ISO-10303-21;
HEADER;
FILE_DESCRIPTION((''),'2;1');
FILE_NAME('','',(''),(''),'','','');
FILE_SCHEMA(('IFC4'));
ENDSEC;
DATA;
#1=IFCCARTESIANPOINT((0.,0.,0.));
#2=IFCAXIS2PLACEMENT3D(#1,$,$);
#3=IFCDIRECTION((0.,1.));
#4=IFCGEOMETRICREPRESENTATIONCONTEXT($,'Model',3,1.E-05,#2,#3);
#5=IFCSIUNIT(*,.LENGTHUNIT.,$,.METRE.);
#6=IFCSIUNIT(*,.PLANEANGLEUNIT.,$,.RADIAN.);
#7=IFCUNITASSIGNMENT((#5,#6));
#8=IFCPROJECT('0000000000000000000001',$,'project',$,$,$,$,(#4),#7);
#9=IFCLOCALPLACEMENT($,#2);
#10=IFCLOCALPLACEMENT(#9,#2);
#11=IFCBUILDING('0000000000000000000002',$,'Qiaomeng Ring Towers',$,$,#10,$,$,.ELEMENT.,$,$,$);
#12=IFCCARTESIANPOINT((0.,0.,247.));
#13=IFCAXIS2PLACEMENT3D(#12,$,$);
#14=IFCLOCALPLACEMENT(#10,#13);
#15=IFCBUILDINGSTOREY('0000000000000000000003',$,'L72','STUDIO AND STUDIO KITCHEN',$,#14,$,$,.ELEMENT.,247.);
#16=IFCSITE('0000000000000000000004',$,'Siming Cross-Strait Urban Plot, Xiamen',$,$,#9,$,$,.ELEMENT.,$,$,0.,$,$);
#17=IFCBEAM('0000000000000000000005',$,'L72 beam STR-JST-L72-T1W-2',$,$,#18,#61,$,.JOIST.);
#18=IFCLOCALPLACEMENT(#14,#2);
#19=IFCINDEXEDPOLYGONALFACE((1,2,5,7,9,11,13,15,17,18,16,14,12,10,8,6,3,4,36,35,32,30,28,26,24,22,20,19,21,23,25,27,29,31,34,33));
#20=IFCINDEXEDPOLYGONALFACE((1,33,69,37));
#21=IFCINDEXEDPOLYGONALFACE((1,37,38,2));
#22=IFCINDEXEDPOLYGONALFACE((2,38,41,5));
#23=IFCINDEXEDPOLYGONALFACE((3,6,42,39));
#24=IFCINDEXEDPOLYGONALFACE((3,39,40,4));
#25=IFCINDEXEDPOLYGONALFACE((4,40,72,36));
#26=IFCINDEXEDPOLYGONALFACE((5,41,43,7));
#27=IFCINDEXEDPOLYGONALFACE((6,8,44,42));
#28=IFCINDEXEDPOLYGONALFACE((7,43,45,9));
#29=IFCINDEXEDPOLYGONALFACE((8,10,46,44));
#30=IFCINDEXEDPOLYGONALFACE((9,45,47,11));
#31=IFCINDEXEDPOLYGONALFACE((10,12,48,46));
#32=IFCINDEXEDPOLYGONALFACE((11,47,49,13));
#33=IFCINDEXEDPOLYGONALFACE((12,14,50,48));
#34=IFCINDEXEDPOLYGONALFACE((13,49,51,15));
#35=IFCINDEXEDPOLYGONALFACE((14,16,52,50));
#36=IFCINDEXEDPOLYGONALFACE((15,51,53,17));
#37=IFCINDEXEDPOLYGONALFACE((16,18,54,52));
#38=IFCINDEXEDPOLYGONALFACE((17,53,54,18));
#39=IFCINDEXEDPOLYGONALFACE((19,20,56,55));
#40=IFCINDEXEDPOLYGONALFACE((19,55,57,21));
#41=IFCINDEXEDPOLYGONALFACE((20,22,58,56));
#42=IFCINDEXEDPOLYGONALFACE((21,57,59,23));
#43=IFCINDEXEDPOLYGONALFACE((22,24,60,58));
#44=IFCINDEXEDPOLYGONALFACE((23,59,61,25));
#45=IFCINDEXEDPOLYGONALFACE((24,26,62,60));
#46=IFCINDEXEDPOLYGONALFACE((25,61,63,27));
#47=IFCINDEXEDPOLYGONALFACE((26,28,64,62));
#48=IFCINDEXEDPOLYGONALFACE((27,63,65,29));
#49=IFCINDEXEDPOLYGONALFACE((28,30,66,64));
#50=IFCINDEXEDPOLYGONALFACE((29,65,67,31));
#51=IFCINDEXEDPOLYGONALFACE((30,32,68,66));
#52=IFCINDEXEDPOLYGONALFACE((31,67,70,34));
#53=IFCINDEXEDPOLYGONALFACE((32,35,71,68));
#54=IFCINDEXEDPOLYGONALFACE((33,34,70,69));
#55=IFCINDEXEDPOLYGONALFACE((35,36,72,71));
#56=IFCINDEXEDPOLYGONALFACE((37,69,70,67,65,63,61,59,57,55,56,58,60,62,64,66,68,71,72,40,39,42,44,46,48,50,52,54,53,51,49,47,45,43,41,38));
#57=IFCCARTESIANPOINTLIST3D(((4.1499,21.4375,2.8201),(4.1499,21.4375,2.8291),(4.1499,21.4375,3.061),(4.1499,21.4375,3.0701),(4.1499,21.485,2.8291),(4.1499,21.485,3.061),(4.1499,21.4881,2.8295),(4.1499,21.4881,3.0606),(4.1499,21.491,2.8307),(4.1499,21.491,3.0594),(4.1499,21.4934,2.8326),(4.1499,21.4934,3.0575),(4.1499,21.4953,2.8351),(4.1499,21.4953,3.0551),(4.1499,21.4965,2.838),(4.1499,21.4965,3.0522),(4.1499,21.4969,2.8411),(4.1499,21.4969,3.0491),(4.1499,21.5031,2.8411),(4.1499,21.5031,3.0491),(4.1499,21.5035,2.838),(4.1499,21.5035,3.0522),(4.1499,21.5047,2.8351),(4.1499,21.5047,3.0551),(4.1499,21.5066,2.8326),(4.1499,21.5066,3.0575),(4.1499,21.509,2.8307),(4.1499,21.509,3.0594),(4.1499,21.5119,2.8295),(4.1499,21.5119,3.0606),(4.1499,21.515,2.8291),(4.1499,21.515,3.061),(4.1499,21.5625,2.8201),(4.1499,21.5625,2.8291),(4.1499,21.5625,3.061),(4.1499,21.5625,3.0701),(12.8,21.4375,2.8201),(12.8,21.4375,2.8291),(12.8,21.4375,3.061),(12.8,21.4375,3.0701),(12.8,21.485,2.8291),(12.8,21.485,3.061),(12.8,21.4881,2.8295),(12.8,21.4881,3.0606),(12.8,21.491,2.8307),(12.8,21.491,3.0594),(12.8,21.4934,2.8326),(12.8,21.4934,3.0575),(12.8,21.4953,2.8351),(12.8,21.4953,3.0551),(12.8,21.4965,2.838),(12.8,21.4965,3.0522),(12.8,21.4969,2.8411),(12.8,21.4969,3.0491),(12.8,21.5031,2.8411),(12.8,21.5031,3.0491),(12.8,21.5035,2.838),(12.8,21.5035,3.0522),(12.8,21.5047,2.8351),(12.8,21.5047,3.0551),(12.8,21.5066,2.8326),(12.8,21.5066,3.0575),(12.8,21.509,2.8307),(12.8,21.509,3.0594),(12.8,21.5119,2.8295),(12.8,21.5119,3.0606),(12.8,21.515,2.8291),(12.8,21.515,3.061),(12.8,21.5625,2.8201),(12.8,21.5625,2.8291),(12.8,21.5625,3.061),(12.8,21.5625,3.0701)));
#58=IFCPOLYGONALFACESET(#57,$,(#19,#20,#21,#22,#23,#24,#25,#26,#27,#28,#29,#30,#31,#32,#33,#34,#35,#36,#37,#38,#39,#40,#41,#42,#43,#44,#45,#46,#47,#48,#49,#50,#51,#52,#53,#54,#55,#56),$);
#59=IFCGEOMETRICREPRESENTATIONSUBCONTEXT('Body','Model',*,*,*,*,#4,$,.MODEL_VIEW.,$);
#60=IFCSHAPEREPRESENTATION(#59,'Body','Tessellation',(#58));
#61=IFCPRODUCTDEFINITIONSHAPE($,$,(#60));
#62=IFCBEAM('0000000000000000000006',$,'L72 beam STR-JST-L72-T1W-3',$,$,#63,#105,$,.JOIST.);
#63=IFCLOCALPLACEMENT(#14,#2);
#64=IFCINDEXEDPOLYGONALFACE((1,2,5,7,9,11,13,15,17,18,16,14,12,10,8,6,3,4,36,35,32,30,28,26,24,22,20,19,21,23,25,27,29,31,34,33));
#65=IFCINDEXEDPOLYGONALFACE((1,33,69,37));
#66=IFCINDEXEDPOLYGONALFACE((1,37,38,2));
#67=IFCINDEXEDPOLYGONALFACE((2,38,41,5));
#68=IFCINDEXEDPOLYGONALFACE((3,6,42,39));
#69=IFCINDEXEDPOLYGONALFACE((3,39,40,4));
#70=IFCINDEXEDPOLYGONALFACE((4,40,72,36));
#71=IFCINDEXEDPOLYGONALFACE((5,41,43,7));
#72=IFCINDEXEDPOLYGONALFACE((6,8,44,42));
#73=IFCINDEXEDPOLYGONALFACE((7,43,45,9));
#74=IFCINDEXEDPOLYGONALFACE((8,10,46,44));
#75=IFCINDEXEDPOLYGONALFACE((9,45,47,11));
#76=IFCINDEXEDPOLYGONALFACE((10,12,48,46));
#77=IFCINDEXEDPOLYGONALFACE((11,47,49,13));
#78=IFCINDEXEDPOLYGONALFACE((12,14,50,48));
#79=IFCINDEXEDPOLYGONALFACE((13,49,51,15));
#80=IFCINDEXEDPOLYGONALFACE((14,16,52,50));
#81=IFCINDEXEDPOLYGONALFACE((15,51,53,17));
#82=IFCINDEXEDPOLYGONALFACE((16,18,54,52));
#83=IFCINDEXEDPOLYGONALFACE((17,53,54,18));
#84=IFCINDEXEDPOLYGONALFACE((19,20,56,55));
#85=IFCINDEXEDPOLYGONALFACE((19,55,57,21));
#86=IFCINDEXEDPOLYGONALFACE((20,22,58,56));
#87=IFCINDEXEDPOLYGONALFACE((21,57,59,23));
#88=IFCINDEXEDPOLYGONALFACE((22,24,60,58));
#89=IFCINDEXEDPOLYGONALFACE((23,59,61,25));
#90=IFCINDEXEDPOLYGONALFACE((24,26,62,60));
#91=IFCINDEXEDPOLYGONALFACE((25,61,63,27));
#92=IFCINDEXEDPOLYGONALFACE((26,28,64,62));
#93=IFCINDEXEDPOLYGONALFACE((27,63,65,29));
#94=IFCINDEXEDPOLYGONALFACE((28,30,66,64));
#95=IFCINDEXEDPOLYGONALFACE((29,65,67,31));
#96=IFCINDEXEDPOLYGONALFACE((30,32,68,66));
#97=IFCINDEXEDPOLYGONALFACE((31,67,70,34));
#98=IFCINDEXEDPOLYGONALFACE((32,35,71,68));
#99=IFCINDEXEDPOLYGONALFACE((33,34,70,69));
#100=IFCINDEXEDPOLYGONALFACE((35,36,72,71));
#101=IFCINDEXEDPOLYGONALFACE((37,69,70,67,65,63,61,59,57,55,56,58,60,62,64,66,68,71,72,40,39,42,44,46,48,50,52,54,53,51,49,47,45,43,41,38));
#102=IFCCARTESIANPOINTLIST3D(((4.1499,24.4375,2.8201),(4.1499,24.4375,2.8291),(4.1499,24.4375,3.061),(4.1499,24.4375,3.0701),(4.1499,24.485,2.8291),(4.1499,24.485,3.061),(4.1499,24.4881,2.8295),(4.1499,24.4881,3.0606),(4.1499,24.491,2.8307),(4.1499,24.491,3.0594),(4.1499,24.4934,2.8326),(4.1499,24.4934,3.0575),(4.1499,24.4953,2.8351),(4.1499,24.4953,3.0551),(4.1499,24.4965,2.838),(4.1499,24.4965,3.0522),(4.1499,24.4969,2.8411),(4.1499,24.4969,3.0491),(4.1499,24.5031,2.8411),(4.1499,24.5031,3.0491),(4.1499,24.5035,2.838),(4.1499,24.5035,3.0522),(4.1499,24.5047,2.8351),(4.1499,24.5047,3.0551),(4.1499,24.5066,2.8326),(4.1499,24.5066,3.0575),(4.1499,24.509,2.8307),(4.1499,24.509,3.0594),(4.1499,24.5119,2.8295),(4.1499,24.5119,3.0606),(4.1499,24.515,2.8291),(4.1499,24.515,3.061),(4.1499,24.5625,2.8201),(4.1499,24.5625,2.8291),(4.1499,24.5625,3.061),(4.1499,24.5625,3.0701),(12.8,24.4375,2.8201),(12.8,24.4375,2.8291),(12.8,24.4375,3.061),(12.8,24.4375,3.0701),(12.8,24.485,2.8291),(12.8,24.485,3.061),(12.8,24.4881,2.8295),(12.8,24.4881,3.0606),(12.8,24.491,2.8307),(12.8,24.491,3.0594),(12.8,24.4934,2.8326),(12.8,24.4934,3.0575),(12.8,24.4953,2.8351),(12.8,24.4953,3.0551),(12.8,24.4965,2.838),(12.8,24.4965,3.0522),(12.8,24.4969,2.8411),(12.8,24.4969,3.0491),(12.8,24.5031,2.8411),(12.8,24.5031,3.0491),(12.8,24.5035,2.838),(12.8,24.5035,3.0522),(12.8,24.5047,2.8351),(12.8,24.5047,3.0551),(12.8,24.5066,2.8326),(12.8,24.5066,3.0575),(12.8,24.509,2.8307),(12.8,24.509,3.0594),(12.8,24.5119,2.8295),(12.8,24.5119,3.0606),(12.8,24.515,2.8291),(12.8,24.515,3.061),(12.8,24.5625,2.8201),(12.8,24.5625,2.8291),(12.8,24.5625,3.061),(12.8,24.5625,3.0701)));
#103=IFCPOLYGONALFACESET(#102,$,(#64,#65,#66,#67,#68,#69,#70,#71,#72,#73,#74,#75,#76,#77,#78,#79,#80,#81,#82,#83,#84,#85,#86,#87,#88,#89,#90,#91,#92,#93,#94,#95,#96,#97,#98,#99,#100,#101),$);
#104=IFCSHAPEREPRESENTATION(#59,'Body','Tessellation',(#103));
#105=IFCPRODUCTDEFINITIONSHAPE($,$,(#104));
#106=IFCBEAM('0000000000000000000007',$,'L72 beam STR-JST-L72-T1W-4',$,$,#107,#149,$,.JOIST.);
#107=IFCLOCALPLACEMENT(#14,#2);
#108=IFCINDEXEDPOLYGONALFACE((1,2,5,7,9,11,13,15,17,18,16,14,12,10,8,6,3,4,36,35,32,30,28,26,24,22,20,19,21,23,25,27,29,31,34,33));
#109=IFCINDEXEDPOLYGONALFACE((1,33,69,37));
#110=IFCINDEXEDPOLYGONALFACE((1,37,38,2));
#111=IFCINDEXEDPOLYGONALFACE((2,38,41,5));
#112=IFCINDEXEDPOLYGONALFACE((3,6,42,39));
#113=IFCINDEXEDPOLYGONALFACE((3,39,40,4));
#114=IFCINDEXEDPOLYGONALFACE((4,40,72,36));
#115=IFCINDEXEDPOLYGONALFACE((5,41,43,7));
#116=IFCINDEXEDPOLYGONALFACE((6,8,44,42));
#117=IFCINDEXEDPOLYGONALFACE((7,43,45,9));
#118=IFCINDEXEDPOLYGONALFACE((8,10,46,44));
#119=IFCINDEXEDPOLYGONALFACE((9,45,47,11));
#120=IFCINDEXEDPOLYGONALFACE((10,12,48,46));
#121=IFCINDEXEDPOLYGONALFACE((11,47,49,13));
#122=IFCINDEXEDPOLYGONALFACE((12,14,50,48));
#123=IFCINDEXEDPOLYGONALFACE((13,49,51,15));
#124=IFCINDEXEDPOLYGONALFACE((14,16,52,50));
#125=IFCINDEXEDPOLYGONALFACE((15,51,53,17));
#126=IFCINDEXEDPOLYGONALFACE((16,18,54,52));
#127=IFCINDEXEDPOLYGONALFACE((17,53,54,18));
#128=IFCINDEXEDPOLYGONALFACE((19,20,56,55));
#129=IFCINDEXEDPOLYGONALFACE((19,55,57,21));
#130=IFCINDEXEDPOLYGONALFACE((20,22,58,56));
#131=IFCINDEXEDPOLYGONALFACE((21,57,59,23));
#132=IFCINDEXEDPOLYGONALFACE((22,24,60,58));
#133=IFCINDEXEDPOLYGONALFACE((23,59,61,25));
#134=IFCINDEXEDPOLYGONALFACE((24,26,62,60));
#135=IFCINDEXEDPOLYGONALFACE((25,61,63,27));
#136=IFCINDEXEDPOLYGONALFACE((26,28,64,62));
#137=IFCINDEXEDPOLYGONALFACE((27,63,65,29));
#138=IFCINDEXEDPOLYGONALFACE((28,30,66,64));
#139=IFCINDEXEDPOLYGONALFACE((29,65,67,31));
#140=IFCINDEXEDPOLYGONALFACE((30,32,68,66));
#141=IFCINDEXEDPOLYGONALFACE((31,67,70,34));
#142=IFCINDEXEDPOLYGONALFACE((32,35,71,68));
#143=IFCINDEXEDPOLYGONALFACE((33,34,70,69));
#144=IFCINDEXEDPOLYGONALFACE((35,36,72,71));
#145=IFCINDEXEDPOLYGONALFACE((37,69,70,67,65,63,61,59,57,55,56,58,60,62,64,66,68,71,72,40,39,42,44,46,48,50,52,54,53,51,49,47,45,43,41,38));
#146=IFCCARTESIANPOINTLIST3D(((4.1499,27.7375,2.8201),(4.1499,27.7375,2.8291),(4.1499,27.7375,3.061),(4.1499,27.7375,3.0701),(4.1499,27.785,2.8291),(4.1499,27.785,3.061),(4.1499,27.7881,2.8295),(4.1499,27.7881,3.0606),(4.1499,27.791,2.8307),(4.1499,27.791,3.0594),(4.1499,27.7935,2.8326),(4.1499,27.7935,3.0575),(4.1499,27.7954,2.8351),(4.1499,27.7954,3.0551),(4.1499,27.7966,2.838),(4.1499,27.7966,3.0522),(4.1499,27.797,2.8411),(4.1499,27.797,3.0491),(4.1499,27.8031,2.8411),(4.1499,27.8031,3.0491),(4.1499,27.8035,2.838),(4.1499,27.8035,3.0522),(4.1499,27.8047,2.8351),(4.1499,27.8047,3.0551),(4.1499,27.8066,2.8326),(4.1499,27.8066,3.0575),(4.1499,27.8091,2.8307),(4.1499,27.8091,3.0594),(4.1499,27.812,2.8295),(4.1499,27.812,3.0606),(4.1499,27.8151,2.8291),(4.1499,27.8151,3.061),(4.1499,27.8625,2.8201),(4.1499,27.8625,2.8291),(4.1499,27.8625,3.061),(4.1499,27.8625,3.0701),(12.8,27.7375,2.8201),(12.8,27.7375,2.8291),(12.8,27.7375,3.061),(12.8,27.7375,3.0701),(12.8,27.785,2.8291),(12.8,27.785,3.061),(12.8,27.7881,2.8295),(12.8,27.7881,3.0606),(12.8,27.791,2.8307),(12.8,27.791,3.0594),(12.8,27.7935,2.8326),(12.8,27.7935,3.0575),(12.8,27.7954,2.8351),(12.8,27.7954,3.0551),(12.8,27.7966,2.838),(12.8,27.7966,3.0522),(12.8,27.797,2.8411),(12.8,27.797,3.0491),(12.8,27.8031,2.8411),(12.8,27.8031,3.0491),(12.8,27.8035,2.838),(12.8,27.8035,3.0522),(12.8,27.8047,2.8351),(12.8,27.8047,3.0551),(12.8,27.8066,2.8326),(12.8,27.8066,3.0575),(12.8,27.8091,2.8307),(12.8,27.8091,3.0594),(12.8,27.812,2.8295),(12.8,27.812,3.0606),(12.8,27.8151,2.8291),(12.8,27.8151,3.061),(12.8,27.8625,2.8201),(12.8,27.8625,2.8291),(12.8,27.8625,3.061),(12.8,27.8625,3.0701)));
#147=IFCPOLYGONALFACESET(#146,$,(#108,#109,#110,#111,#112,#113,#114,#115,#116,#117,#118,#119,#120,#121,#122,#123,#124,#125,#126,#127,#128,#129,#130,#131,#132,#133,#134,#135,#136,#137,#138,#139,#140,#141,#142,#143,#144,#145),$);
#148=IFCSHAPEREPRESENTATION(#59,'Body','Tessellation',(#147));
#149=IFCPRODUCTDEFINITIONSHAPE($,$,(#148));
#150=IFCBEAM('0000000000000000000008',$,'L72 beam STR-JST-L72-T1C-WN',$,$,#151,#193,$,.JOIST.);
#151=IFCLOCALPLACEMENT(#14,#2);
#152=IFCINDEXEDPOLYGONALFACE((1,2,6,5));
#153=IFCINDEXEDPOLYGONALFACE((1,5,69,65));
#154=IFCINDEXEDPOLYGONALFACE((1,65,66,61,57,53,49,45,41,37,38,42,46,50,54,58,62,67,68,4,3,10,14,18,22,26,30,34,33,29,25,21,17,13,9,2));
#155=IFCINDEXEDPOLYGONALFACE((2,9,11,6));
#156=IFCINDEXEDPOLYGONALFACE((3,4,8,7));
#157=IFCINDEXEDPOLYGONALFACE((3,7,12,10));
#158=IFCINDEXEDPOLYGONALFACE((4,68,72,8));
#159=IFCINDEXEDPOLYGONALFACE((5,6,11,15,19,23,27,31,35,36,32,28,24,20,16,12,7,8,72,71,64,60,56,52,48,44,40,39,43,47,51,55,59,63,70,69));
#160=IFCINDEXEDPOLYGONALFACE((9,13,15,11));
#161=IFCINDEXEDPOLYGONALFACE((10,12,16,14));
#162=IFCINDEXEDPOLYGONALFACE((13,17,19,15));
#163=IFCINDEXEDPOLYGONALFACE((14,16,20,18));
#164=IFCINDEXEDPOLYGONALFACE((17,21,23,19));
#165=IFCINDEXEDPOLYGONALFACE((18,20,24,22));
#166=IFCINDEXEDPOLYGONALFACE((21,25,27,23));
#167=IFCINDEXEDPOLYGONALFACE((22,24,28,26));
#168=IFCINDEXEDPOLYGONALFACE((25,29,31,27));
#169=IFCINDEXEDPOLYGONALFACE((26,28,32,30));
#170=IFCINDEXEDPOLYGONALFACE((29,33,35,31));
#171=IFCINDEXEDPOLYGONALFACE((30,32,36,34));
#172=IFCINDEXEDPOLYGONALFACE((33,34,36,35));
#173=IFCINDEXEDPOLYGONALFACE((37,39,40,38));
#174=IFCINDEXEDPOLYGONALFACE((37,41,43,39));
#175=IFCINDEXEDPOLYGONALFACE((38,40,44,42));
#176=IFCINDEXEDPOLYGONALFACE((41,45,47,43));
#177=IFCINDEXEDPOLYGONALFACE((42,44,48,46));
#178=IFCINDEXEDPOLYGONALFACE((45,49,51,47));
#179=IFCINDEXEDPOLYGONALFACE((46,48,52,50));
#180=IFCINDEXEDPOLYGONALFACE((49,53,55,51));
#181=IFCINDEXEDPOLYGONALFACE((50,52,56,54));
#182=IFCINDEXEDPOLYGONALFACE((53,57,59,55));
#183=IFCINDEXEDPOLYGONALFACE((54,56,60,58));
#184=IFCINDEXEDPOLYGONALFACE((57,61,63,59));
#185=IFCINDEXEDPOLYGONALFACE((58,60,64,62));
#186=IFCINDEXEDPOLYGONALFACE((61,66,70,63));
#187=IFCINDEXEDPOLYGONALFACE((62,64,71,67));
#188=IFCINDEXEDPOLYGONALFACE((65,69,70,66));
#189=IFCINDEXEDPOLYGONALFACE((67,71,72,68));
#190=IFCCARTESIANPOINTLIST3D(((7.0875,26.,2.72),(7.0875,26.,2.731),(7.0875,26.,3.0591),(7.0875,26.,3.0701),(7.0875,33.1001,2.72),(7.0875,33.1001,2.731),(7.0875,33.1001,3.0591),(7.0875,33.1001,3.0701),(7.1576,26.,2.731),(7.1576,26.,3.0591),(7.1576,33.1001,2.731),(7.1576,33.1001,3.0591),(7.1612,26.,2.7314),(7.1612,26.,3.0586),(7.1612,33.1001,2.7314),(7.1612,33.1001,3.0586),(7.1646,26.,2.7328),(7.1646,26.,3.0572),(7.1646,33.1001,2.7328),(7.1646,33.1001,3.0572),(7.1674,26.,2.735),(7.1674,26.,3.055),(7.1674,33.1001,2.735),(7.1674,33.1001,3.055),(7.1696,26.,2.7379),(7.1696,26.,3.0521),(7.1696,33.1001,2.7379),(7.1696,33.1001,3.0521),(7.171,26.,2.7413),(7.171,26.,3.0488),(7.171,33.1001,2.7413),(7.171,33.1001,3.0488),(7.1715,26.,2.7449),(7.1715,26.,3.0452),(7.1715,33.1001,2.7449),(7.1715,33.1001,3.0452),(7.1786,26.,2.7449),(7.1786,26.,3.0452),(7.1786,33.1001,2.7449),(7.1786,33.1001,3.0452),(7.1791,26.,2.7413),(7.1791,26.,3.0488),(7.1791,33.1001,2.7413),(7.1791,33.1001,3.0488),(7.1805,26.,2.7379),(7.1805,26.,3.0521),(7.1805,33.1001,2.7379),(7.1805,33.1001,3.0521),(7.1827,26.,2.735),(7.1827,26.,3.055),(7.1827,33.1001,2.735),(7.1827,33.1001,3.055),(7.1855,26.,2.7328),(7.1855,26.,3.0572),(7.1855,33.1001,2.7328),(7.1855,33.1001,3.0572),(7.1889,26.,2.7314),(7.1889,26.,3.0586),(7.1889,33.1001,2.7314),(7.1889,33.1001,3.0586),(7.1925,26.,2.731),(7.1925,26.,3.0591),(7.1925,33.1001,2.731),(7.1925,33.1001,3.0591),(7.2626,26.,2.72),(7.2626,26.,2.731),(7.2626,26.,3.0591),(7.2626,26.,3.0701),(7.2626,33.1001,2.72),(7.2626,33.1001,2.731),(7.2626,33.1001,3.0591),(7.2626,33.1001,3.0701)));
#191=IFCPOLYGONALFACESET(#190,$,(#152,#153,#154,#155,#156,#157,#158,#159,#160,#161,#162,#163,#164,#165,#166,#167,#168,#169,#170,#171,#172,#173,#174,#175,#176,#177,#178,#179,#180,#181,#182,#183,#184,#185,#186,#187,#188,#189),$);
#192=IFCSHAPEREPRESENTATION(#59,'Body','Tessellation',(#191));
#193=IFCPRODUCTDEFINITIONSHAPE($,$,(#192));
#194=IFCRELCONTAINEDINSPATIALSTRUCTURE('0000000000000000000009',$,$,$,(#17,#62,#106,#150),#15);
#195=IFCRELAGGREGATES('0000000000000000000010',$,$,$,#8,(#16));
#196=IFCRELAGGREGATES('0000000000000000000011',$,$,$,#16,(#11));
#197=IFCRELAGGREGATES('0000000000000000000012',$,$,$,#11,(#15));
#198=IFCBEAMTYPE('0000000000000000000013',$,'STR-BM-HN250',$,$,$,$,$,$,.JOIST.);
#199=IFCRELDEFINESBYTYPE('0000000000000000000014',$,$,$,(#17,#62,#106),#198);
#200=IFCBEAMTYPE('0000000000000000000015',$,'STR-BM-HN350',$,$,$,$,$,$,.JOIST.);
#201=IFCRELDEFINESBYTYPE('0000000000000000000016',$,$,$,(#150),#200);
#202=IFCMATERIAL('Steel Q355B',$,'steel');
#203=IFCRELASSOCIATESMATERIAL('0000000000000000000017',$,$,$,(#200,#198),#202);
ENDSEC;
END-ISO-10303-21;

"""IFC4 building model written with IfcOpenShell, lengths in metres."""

from ifc_helpers import new_model, si_unit, direction, frame, origin, origin_2d, place, context, subcontext, project, spatial, i_section, extrude, source, transform, mapped, material, material_profile, profile_set, type_object, element, save


model = new_model("IFC4")

# Units and contexts
model_context = context("Model", 3, precision=1e-05, world=origin(), true_north=direction((0.0, 1.0)))
body_context = subcontext(model_context, "Body", "Model", "MODEL_VIEW")
ifc_project = project(units=[si_unit("LENGTHUNIT", "METRE"), si_unit("PLANEANGLEUNIT", "RADIAN")], contexts=[model_context])

# Site, building, storey
site_placement = place(None, origin())
site = spatial("IfcSite", under=ifc_project, at=site_placement, Name="Siming Cross-Strait Urban Plot, Xiamen", CompositionType="ELEMENT", RefElevation=0.0)
building_placement = place(site_placement, origin())
building = spatial("IfcBuilding", under=site, at=building_placement, Name="Qiaomeng Ring Towers", CompositionType="ELEMENT")
storey_placement = place(building_placement, frame((0.0, 0.0, 247.0)))
storey = spatial("IfcBuildingStorey", under=building, at=storey_placement, Name="L72", Description="STUDIO AND STUDIO KITCHEN", CompositionType="ELEMENT", Elevation=247.0)

# Beams
ifc_material_1 = material(Name="Steel Q355B", Category="steel")
ifc_material_profile_1 = material_profile(ifc_material_1, i_section(OverallWidth=0.175, OverallDepth=0.3501, WebThickness=0.0071, FlangeThickness=0.011, FilletRadius=0.0139, at=origin_2d()), Name="HN 350x175x7x11")
ifc_profile_set_1 = profile_set([ifc_material_profile_1], Name="Steel Q355B")
beam_type_1 = type_object("IfcBeamType", Name="STR-BM-HN350", PredefinedType="JOIST", material=ifc_profile_set_1)
ifc_material_profile_2 = material_profile(ifc_material_1, i_section(OverallWidth=0.125, OverallDepth=0.25, WebThickness=0.0061, FlangeThickness=0.009, FilletRadius=0.012, at=origin_2d()), Name="HN 250x125x6x9")
ifc_profile_set_2 = profile_set([ifc_material_profile_2], Name="Steel Q355B")
beam_type_2 = type_object("IfcBeamType", Name="STR-BM-HN250", PredefinedType="JOIST", material=ifc_profile_set_2)
shared_shape_1 = source(origin(), body_context, "Body", "SweptSolid", [
    extrude(i_section(OverallWidth=0.125, OverallDepth=0.25, WebThickness=0.0061, FlangeThickness=0.009, FilletRadius=0.012, at=origin_2d()), origin(), (0.0, 0.0, 1.0), 8.6501),
])
for number, where, z_axis, x_axis, name in (
    (1, (4.1499, 21.5, 2.9451), (1.0, 0.0, 0.0), (0.0, 1.0, 0.0), "L72 beam STR-JST-L72-T1W-2"),
    (2, (4.1499, 24.5, 2.9451), (1.0, 0.0, 0.0), (0.0, 1.0, 0.0), "L72 beam STR-JST-L72-T1W-3"),
    (3, (4.1499, 27.8, 2.9451), (1.0, 0.0, 0.0), (0.0, 1.0, 0.0), "L72 beam STR-JST-L72-T1W-4"),
):
    element("IfcBeam", number, at=place(storey_placement, frame(where, z_axis=z_axis, x_axis=x_axis)), inside=storey, type_object=beam_type_2, Name=name, PredefinedType="JOIST", context=body_context, shape_type="MappedRepresentation", body=[
        mapped(shared_shape_1, transform((0.0, 0.0, 0.0), x_axis=(1.0, 0.0, 0.0), y_axis=(0.0, 1.0, 0.0), z_axis=(0.0, 0.0, 1.0), scale=1.0)),
    ])
shared_shape_2 = source(origin(), body_context, "Body", "SweptSolid", [
    extrude(i_section(OverallWidth=0.175, OverallDepth=0.3501, WebThickness=0.0071, FlangeThickness=0.011, FilletRadius=0.0139, at=origin_2d()), origin(), (0.0, 0.0, 1.0), 7.1001),
])
beam_1_placement = place(storey_placement, frame((7.175, 26.0, 2.895), z_axis=(0.0, 1.0, 0.0), x_axis=(-1.0, 0.0, 0.0)))
element("IfcBeam", 4, at=beam_1_placement, inside=storey, type_object=beam_type_1, Name="L72 beam STR-JST-L72-T1C-WN", PredefinedType="JOIST", context=body_context, shape_type="MappedRepresentation", body=[
    mapped(shared_shape_2, transform((0.0, 0.0, 0.0), x_axis=(1.0, 0.0, 0.0), y_axis=(0.0, 1.0, 0.0), z_axis=(0.0, 0.0, 1.0), scale=1.0)),
])

save(model, "model.ifc")
